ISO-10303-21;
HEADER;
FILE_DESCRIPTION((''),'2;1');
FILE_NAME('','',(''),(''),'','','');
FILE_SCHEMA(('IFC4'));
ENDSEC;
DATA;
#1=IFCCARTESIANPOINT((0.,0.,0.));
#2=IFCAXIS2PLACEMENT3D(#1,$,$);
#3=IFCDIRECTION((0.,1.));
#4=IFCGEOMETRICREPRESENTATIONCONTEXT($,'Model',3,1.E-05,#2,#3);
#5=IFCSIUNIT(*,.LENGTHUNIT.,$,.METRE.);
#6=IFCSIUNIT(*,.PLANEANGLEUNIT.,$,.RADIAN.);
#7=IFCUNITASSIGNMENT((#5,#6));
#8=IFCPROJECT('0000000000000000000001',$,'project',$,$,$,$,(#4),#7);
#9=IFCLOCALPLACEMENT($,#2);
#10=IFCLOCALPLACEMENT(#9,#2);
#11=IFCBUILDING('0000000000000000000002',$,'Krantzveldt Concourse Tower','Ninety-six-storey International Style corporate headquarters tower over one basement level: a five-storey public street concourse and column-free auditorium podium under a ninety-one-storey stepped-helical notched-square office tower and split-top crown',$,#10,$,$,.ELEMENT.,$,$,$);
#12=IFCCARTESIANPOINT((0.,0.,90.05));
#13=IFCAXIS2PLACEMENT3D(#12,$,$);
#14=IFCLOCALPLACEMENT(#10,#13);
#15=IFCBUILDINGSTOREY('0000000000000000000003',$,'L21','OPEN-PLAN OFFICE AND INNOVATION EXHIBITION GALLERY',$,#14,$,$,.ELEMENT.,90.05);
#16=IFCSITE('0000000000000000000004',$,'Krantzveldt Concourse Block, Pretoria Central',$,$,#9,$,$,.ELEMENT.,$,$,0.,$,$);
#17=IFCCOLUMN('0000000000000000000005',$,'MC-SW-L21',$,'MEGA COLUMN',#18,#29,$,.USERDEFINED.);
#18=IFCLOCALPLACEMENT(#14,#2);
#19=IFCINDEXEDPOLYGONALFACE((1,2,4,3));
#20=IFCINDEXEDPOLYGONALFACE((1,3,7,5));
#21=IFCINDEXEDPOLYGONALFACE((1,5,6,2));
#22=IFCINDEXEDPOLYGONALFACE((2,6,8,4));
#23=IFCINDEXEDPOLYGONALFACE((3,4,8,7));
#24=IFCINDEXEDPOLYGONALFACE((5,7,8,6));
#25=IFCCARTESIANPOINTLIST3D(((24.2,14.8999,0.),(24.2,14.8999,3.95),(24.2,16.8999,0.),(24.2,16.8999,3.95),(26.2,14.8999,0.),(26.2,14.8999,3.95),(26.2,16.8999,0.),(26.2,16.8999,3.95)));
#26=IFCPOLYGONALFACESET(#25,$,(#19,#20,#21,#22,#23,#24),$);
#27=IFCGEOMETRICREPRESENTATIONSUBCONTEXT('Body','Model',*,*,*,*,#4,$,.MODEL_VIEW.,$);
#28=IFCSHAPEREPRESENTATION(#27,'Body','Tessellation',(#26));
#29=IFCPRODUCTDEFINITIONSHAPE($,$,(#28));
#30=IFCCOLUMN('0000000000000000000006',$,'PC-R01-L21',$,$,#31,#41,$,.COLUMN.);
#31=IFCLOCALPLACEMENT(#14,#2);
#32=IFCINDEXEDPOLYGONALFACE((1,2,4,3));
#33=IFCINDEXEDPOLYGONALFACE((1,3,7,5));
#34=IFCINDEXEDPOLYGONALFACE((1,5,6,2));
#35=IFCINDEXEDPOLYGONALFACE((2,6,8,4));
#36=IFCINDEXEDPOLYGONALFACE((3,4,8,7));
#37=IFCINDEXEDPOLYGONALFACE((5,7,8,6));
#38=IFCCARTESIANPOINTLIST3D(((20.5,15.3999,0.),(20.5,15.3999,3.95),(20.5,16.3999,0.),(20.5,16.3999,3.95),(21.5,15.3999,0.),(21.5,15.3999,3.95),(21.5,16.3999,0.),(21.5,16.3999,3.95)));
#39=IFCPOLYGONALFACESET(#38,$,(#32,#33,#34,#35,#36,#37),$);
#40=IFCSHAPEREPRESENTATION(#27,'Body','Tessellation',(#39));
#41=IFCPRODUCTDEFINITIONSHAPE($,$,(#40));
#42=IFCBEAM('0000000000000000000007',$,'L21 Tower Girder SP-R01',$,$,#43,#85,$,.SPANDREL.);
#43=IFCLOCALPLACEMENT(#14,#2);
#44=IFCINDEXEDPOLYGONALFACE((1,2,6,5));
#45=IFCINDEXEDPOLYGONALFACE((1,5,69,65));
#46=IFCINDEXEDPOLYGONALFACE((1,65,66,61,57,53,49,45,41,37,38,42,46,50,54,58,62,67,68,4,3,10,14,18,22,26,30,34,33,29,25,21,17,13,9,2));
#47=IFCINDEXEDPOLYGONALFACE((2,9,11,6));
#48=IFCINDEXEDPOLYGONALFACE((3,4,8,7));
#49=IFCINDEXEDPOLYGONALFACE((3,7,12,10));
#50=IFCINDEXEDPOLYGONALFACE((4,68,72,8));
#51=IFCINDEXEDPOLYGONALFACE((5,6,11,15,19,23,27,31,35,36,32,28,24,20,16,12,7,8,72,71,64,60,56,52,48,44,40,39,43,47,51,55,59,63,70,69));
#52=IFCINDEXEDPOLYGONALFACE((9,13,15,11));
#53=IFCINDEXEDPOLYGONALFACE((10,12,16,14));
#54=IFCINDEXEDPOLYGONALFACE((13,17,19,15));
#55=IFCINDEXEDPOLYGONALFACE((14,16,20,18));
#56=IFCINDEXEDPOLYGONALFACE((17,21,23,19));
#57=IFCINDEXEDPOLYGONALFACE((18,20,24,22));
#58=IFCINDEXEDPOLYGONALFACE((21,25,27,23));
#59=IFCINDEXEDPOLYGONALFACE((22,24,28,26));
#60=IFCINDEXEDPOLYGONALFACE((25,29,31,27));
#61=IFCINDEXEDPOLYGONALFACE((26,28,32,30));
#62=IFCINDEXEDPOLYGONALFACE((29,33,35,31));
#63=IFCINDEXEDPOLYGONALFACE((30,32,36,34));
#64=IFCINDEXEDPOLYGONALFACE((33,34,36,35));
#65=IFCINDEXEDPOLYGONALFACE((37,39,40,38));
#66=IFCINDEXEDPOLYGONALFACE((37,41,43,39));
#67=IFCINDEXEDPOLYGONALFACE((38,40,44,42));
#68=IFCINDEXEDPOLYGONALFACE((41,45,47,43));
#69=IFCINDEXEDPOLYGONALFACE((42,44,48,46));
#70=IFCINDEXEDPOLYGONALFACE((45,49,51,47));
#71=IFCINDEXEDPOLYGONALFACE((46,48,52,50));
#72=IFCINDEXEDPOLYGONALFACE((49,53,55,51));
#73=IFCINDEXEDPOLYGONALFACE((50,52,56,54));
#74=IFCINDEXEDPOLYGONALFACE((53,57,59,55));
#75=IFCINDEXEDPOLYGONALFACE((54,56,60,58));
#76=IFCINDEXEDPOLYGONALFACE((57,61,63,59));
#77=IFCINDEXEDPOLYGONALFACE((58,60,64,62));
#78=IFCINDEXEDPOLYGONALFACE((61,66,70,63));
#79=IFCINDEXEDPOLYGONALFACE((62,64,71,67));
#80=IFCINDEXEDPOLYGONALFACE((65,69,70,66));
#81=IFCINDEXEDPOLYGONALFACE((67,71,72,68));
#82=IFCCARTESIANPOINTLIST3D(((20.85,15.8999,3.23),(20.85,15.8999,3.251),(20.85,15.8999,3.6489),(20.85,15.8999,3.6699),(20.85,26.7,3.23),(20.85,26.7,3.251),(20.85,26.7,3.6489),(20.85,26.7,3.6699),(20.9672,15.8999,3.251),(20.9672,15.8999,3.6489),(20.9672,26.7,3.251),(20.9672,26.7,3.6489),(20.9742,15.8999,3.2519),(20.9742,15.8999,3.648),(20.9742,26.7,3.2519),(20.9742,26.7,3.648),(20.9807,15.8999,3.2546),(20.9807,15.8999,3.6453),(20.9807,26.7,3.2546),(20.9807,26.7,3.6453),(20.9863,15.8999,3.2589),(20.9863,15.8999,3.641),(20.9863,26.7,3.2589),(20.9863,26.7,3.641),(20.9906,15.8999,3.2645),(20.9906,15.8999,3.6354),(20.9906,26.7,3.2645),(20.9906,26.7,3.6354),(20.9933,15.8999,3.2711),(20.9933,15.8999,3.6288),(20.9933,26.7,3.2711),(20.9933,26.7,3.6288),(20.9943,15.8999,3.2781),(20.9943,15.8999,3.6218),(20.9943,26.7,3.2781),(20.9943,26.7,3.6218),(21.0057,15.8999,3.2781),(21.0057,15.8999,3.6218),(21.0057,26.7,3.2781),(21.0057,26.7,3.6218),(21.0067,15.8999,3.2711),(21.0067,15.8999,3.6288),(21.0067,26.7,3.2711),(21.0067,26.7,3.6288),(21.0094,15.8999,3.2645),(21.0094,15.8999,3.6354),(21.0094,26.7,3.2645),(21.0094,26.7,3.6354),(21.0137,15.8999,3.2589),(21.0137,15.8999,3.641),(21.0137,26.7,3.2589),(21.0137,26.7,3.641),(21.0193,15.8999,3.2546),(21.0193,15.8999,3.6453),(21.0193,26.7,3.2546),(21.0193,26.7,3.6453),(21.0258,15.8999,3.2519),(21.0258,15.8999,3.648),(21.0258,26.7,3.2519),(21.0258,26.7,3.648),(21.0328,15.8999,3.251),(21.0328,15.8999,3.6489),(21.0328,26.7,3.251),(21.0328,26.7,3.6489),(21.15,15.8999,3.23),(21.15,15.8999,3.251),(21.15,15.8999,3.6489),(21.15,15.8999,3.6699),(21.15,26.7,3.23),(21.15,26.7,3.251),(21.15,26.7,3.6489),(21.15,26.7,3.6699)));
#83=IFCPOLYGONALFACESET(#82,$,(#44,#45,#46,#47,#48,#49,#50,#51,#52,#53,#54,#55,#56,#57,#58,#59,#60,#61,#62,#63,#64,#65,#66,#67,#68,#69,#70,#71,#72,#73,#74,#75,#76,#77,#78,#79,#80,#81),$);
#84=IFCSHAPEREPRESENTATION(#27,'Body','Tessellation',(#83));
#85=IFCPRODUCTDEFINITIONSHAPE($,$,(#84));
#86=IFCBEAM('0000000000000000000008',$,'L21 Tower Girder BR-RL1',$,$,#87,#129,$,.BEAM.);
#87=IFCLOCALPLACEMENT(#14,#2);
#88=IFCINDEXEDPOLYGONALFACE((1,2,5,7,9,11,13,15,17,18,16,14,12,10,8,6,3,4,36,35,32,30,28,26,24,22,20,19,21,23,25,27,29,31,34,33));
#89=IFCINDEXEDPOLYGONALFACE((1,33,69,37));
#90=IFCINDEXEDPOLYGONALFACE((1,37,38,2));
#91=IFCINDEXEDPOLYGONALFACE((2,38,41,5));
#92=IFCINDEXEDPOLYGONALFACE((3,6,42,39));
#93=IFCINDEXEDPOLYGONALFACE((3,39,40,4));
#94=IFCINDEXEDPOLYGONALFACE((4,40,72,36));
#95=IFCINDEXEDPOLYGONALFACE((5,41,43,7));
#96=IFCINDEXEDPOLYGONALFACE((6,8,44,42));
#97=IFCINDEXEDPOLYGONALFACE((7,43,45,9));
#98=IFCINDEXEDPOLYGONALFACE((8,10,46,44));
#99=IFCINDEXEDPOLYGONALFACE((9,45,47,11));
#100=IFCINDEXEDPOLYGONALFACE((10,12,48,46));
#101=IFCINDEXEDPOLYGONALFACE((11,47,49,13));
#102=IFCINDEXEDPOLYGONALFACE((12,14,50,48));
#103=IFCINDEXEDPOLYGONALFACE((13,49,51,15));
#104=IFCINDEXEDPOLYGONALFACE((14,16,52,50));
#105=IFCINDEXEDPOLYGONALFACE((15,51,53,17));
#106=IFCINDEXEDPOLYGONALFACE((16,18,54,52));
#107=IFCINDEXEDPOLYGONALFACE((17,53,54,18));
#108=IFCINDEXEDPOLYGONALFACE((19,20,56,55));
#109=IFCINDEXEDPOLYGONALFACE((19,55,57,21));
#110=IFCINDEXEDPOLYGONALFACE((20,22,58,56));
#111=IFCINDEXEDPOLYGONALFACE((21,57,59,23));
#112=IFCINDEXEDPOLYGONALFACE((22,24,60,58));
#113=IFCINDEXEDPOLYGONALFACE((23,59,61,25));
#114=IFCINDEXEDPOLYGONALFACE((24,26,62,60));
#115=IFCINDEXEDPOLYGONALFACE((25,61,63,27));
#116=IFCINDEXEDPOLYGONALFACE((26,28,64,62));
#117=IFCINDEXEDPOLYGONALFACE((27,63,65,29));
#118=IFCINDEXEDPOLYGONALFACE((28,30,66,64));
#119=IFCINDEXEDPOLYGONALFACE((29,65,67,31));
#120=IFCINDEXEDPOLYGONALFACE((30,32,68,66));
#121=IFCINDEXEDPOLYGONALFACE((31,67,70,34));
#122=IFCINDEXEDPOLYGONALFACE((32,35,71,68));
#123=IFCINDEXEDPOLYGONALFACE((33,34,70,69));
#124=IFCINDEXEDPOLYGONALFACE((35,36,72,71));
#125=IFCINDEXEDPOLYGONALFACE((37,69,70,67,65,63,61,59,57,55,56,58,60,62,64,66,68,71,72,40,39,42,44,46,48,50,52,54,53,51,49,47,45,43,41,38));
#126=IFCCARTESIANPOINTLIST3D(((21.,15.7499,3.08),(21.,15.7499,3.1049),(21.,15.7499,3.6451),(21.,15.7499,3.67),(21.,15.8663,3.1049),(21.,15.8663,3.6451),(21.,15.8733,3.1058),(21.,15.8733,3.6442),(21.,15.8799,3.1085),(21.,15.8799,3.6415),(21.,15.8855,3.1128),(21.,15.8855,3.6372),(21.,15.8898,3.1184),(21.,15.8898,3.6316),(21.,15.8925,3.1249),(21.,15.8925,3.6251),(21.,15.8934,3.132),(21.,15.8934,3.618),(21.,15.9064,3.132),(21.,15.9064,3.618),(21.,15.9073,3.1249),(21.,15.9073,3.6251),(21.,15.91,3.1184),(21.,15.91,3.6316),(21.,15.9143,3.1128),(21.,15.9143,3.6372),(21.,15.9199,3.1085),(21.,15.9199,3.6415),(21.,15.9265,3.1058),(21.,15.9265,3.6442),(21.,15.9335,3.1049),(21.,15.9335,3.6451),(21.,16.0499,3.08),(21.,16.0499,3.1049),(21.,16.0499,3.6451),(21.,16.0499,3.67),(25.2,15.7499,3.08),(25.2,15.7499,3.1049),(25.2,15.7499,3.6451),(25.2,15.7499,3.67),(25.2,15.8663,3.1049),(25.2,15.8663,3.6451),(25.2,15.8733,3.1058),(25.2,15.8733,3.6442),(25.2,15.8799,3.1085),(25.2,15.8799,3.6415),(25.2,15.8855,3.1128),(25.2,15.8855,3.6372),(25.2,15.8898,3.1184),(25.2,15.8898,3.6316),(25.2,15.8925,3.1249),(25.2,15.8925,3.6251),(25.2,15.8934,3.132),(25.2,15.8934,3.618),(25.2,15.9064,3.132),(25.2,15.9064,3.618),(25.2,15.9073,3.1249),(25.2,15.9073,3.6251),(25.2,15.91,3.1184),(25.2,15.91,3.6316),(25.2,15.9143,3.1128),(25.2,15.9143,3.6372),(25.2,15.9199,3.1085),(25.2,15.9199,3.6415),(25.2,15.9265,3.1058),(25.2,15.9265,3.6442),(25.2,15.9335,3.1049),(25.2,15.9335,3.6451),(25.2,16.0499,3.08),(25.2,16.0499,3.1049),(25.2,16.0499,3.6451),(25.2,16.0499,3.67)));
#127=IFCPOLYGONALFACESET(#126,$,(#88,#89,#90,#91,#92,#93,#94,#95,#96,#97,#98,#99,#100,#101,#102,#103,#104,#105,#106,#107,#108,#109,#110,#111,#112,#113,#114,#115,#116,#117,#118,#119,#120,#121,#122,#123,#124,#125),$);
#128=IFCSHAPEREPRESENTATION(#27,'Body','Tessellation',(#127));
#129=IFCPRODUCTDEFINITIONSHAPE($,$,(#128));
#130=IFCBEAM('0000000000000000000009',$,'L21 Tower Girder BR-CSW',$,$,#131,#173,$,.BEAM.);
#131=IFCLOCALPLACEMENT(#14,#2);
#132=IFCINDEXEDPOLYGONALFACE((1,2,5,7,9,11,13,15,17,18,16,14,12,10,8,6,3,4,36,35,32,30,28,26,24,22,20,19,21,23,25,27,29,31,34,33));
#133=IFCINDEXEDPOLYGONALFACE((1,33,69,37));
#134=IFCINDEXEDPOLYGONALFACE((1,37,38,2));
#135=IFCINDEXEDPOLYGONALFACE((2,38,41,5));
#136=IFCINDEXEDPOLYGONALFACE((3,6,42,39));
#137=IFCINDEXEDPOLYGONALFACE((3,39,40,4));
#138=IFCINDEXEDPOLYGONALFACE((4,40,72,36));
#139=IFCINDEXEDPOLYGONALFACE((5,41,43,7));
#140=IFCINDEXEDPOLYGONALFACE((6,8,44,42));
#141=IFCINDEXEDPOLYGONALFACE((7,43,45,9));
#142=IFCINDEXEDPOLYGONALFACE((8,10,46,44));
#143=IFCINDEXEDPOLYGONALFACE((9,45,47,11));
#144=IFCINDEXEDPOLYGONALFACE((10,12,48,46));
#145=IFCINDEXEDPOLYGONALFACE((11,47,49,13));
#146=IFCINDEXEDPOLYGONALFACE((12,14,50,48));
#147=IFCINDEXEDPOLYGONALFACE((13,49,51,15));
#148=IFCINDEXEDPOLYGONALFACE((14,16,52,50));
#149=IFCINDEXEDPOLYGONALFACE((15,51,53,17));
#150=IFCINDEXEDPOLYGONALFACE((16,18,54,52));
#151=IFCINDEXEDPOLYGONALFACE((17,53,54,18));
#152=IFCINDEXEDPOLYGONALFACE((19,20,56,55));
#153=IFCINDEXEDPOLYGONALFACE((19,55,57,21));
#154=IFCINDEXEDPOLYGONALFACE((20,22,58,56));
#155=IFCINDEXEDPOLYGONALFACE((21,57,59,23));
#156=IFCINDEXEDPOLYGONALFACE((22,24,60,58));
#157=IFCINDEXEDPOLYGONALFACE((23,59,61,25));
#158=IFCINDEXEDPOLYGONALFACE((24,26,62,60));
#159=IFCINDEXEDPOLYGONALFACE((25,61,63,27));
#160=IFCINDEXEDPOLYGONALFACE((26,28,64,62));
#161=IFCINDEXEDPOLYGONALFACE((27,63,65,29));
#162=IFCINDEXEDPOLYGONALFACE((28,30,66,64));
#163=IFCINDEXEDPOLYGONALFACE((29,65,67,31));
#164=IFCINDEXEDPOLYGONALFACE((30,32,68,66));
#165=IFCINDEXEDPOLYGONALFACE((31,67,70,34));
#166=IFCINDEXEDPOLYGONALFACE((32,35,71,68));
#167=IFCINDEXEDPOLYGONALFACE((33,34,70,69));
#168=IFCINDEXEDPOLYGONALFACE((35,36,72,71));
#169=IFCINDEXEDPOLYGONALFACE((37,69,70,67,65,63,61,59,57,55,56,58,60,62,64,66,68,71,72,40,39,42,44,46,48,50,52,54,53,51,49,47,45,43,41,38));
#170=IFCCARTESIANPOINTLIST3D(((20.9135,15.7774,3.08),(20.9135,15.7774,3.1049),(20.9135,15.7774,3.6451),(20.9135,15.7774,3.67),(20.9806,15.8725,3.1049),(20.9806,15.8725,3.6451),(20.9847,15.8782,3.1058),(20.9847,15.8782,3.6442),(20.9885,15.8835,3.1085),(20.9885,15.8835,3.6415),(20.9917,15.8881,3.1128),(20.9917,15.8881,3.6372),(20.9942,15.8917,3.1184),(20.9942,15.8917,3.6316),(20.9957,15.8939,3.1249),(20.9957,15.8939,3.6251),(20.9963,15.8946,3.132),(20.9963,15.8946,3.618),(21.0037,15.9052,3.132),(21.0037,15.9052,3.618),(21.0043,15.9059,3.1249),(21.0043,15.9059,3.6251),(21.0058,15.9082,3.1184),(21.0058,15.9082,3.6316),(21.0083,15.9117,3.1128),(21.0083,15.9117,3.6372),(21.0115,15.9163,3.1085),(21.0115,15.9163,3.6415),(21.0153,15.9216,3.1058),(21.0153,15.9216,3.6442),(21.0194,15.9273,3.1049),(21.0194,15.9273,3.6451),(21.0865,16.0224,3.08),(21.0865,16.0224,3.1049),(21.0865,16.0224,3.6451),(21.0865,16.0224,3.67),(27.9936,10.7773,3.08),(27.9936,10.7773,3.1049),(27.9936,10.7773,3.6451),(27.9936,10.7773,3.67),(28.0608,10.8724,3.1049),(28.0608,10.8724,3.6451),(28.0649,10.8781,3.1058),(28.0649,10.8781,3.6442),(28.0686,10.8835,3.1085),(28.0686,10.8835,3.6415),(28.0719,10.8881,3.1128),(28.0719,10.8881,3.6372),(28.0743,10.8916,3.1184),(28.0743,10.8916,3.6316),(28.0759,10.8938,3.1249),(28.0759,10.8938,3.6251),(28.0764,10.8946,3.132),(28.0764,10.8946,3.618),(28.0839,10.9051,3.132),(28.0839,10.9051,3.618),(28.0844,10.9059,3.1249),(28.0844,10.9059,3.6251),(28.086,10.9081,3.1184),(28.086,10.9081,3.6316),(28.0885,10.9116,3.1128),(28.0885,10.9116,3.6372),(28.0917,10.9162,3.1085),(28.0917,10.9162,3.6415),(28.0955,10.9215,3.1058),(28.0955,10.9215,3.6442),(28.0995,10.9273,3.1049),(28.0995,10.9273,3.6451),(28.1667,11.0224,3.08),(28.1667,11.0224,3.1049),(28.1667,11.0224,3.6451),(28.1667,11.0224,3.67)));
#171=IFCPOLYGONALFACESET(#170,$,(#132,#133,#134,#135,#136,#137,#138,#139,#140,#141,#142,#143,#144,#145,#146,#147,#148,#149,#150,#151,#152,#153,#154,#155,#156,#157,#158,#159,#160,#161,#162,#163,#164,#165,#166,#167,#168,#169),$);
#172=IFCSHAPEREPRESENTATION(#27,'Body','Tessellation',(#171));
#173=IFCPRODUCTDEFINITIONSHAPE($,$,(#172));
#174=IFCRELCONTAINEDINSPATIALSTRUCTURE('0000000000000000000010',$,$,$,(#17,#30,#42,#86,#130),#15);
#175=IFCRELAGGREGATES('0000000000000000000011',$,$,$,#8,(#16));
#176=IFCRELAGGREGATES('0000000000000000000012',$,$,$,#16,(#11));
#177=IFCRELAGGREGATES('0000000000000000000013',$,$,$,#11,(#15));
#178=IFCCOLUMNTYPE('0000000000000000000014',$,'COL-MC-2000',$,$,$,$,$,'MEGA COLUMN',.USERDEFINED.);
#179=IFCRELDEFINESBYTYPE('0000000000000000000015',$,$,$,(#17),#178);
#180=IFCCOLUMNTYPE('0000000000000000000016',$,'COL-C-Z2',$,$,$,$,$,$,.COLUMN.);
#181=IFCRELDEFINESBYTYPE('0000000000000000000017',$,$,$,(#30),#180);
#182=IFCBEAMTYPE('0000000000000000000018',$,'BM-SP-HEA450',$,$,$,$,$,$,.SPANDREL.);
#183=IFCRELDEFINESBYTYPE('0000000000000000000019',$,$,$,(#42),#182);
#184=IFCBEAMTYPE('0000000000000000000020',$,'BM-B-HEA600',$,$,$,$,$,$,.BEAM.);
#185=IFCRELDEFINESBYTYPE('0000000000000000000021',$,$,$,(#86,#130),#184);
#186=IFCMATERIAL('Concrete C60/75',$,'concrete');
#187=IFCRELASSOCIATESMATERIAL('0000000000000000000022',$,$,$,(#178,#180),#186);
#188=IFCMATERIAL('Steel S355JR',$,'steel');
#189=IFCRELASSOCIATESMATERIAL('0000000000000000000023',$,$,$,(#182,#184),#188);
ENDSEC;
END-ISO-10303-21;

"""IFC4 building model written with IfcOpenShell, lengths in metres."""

from ifc_helpers import new_model, si_unit, direction, frame, origin, origin_2d, place, context, subcontext, project, spatial, rectangle, i_section, extrude, source, transform, mapped, material, material_profile, profile_set, type_object, type_shapes, element, save


model = new_model("IFC4")

# Units and contexts
model_context = context("Model", 3, precision=1e-05, world=origin(), true_north=direction((0.0, 1.0)))
body_context = subcontext(model_context, "Body", "Model", "MODEL_VIEW")
ifc_project = project(units=[si_unit("LENGTHUNIT", "METRE"), si_unit("PLANEANGLEUNIT", "RADIAN")], contexts=[model_context])

# Site, building, storey
site_placement = place(None, origin())
site = spatial("IfcSite", under=ifc_project, at=site_placement, Name="Krantzveldt Concourse Block, Pretoria Central", CompositionType="ELEMENT", RefElevation=0.0)
building_placement = place(site_placement, origin())
building = spatial("IfcBuilding", under=site, at=building_placement, Name="Krantzveldt Concourse Tower", Description="Ninety-six-storey International Style corporate headquarters tower over one basement level: a five-storey public street concourse and column-free auditorium podium under a ninety-one-storey stepped-helical notched-square office tower and split-top crown", CompositionType="ELEMENT")
storey_placement = place(building_placement, frame((0.0, 0.0, 90.05)))
storey = spatial("IfcBuildingStorey", under=building, at=storey_placement, Name="L21", Description="OPEN-PLAN OFFICE AND INNOVATION EXHIBITION GALLERY", CompositionType="ELEMENT", Elevation=90.05)

# Columns
ifc_material_1 = material(Name="Concrete C60/75", Category="concrete")
ifc_material_profile_1 = material_profile(ifc_material_1, rectangle(XDim=2.0, YDim=2.0, at=origin_2d()), Name="Concrete C60/75", Category="concrete")
ifc_profile_set_1 = profile_set([ifc_material_profile_1], Name="Concrete C60/75 - RC 2000x2000")
column_type_1 = type_object("IfcColumnType", Name="COL-MC-2000", ElementType="MEGA COLUMN", PredefinedType="USERDEFINED", material=ifc_profile_set_1)
shared_shape_1 = source(origin(), body_context, "Body", "SweptSolid", [
    extrude(rectangle(XDim=2.0, YDim=2.0, at=origin_2d()), origin(), (0.0, 0.0, 1.0), 3.95),
])
type_shapes(column_type_1, [shared_shape_1])
column_1_placement = place(storey_placement, frame((25.2, 15.8999, 0.0), z_axis=(0.0, 0.0, 1.0), x_axis=(1.0, 0.0, 0.0)))
element("IfcColumn", 1, at=column_1_placement, inside=storey, type_object=column_type_1, Name="MC-SW-L21", ObjectType="MEGA COLUMN", PredefinedType="USERDEFINED", context=body_context, shape_type="MappedRepresentation", body=[
    mapped(shared_shape_1, transform((0.0, 0.0, 0.0), x_axis=(1.0, 0.0, 0.0), y_axis=(0.0, 1.0, 0.0), z_axis=(0.0, 0.0, 1.0), scale=1.0)),
])
ifc_material_profile_2 = material_profile(ifc_material_1, rectangle(XDim=1.0, YDim=1.0, at=origin_2d()), Name="Concrete C60/75", Category="concrete")
ifc_profile_set_2 = profile_set([ifc_material_profile_2], Name="Concrete C60/75 - RC 1000x1000")
column_type_2 = type_object("IfcColumnType", Name="COL-C-Z2", PredefinedType="COLUMN", material=ifc_profile_set_2)
shared_shape_2 = source(origin(), body_context, "Body", "SweptSolid", [
    extrude(rectangle(XDim=1.0, YDim=1.0, at=origin_2d()), origin(), (0.0, 0.0, 1.0), 3.95),
])
type_shapes(column_type_2, [shared_shape_2])
column_2_placement = place(storey_placement, frame((21.0, 15.8999, 0.0), z_axis=(0.0, 0.0, 1.0), x_axis=(1.0, 0.0, 0.0)))
element("IfcColumn", 2, at=column_2_placement, inside=storey, type_object=column_type_2, Name="PC-R01-L21", PredefinedType="COLUMN", context=body_context, shape_type="MappedRepresentation", body=[
    mapped(shared_shape_2, transform((0.0, 0.0, 0.0), x_axis=(1.0, 0.0, 0.0), y_axis=(0.0, 1.0, 0.0), z_axis=(0.0, 0.0, 1.0), scale=1.0)),
])

# Beams
ifc_material_2 = material(Name="Steel S355JR", Category="steel")
ifc_material_profile_3 = material_profile(ifc_material_2, i_section(OverallWidth=0.3, OverallDepth=0.4399, WebThickness=0.0115, FlangeThickness=0.021, FilletRadius=0.0271, at=origin_2d()), Name="Steel S355JR", Category="steel")
ifc_profile_set_3 = profile_set([ifc_material_profile_3], Name="Steel S355JR - HEA 450")
beam_type_1 = type_object("IfcBeamType", Name="BM-SP-HEA450", PredefinedType="SPANDREL", material=ifc_profile_set_3)
shared_shape_3 = source(origin(), body_context, "Body", "SweptSolid", [
    extrude(i_section(OverallWidth=0.3, OverallDepth=0.4399, WebThickness=0.0115, FlangeThickness=0.021, FilletRadius=0.0271, at=origin_2d()), origin(), (0.0, 0.0, 1.0), 10.8),
])
type_shapes(beam_type_1, [shared_shape_3])
beam_1_placement = place(storey_placement, frame((21.0, 15.8999, 3.45), z_axis=(0.0, 1.0, 0.0), x_axis=(-1.0, 0.0, 0.0)))
element("IfcBeam", 3, at=beam_1_placement, inside=storey, type_object=beam_type_1, Name="L21 Tower Girder SP-R01", PredefinedType="SPANDREL", context=body_context, shape_type="MappedRepresentation", body=[
    mapped(shared_shape_3, transform((0.0, 0.0, 0.0), x_axis=(1.0, 0.0, 0.0), y_axis=(0.0, 1.0, 0.0), z_axis=(0.0, 0.0, 1.0), scale=1.0)),
])
ifc_material_profile_4 = material_profile(ifc_material_2, i_section(OverallWidth=0.3, OverallDepth=0.5901, WebThickness=0.0129, FlangeThickness=0.0249, FilletRadius=0.0271, at=origin_2d()), Name="Steel S355JR", Category="steel")
ifc_profile_set_4 = profile_set([ifc_material_profile_4], Name="Steel S355JR - HEA 600")
beam_type_2 = type_object("IfcBeamType", Name="BM-B-HEA600", PredefinedType="BEAM", material=ifc_profile_set_4)
shared_shape_4 = source(origin(), body_context, "Body", "SweptSolid", [
    extrude(i_section(OverallWidth=0.3, OverallDepth=0.5901, WebThickness=0.0129, FlangeThickness=0.0249, FilletRadius=0.0271, at=origin_2d()), origin(), (0.0, 0.0, 1.0), 4.2),
])
beam_2_placement = place(storey_placement, frame((21.0, 15.8999, 3.375), z_axis=(1.0, 0.0, 0.0), x_axis=(0.0, 1.0, 0.0)))
element("IfcBeam", 4, at=beam_2_placement, inside=storey, type_object=beam_type_2, Name="L21 Tower Girder BR-RL1", PredefinedType="BEAM", context=body_context, shape_type="MappedRepresentation", body=[
    mapped(shared_shape_4, transform((0.0, 0.0, 0.0), x_axis=(1.0, 0.0, 0.0), y_axis=(0.0, 1.0, 0.0), z_axis=(0.0, 0.0, 1.0), scale=1.0)),
])
shared_shape_5 = source(origin(), body_context, "Body", "SweptSolid", [
    extrude(i_section(OverallWidth=0.3, OverallDepth=0.5901, WebThickness=0.0129, FlangeThickness=0.0249, FilletRadius=0.0271, at=origin_2d()), origin(), (0.0, 0.0, 1.0), 8.6677),
])
type_shapes(beam_type_2, [shared_shape_4, shared_shape_5])
beam_3_placement = place(storey_placement, frame((21.0, 15.8999, 3.375), z_axis=(0.816843, -0.57686, 0.0), x_axis=(0.57686, 0.816843, 0.0)))
element("IfcBeam", 5, at=beam_3_placement, inside=storey, type_object=beam_type_2, Name="L21 Tower Girder BR-CSW", PredefinedType="BEAM", context=body_context, shape_type="MappedRepresentation", body=[
    mapped(shared_shape_5, transform((0.0, 0.0, 0.0), x_axis=(1.0, 0.0, 0.0), y_axis=(0.0, 1.0, 0.0), z_axis=(0.0, 0.0, 1.0), scale=1.0)),
])

save(model, "model.ifc")
